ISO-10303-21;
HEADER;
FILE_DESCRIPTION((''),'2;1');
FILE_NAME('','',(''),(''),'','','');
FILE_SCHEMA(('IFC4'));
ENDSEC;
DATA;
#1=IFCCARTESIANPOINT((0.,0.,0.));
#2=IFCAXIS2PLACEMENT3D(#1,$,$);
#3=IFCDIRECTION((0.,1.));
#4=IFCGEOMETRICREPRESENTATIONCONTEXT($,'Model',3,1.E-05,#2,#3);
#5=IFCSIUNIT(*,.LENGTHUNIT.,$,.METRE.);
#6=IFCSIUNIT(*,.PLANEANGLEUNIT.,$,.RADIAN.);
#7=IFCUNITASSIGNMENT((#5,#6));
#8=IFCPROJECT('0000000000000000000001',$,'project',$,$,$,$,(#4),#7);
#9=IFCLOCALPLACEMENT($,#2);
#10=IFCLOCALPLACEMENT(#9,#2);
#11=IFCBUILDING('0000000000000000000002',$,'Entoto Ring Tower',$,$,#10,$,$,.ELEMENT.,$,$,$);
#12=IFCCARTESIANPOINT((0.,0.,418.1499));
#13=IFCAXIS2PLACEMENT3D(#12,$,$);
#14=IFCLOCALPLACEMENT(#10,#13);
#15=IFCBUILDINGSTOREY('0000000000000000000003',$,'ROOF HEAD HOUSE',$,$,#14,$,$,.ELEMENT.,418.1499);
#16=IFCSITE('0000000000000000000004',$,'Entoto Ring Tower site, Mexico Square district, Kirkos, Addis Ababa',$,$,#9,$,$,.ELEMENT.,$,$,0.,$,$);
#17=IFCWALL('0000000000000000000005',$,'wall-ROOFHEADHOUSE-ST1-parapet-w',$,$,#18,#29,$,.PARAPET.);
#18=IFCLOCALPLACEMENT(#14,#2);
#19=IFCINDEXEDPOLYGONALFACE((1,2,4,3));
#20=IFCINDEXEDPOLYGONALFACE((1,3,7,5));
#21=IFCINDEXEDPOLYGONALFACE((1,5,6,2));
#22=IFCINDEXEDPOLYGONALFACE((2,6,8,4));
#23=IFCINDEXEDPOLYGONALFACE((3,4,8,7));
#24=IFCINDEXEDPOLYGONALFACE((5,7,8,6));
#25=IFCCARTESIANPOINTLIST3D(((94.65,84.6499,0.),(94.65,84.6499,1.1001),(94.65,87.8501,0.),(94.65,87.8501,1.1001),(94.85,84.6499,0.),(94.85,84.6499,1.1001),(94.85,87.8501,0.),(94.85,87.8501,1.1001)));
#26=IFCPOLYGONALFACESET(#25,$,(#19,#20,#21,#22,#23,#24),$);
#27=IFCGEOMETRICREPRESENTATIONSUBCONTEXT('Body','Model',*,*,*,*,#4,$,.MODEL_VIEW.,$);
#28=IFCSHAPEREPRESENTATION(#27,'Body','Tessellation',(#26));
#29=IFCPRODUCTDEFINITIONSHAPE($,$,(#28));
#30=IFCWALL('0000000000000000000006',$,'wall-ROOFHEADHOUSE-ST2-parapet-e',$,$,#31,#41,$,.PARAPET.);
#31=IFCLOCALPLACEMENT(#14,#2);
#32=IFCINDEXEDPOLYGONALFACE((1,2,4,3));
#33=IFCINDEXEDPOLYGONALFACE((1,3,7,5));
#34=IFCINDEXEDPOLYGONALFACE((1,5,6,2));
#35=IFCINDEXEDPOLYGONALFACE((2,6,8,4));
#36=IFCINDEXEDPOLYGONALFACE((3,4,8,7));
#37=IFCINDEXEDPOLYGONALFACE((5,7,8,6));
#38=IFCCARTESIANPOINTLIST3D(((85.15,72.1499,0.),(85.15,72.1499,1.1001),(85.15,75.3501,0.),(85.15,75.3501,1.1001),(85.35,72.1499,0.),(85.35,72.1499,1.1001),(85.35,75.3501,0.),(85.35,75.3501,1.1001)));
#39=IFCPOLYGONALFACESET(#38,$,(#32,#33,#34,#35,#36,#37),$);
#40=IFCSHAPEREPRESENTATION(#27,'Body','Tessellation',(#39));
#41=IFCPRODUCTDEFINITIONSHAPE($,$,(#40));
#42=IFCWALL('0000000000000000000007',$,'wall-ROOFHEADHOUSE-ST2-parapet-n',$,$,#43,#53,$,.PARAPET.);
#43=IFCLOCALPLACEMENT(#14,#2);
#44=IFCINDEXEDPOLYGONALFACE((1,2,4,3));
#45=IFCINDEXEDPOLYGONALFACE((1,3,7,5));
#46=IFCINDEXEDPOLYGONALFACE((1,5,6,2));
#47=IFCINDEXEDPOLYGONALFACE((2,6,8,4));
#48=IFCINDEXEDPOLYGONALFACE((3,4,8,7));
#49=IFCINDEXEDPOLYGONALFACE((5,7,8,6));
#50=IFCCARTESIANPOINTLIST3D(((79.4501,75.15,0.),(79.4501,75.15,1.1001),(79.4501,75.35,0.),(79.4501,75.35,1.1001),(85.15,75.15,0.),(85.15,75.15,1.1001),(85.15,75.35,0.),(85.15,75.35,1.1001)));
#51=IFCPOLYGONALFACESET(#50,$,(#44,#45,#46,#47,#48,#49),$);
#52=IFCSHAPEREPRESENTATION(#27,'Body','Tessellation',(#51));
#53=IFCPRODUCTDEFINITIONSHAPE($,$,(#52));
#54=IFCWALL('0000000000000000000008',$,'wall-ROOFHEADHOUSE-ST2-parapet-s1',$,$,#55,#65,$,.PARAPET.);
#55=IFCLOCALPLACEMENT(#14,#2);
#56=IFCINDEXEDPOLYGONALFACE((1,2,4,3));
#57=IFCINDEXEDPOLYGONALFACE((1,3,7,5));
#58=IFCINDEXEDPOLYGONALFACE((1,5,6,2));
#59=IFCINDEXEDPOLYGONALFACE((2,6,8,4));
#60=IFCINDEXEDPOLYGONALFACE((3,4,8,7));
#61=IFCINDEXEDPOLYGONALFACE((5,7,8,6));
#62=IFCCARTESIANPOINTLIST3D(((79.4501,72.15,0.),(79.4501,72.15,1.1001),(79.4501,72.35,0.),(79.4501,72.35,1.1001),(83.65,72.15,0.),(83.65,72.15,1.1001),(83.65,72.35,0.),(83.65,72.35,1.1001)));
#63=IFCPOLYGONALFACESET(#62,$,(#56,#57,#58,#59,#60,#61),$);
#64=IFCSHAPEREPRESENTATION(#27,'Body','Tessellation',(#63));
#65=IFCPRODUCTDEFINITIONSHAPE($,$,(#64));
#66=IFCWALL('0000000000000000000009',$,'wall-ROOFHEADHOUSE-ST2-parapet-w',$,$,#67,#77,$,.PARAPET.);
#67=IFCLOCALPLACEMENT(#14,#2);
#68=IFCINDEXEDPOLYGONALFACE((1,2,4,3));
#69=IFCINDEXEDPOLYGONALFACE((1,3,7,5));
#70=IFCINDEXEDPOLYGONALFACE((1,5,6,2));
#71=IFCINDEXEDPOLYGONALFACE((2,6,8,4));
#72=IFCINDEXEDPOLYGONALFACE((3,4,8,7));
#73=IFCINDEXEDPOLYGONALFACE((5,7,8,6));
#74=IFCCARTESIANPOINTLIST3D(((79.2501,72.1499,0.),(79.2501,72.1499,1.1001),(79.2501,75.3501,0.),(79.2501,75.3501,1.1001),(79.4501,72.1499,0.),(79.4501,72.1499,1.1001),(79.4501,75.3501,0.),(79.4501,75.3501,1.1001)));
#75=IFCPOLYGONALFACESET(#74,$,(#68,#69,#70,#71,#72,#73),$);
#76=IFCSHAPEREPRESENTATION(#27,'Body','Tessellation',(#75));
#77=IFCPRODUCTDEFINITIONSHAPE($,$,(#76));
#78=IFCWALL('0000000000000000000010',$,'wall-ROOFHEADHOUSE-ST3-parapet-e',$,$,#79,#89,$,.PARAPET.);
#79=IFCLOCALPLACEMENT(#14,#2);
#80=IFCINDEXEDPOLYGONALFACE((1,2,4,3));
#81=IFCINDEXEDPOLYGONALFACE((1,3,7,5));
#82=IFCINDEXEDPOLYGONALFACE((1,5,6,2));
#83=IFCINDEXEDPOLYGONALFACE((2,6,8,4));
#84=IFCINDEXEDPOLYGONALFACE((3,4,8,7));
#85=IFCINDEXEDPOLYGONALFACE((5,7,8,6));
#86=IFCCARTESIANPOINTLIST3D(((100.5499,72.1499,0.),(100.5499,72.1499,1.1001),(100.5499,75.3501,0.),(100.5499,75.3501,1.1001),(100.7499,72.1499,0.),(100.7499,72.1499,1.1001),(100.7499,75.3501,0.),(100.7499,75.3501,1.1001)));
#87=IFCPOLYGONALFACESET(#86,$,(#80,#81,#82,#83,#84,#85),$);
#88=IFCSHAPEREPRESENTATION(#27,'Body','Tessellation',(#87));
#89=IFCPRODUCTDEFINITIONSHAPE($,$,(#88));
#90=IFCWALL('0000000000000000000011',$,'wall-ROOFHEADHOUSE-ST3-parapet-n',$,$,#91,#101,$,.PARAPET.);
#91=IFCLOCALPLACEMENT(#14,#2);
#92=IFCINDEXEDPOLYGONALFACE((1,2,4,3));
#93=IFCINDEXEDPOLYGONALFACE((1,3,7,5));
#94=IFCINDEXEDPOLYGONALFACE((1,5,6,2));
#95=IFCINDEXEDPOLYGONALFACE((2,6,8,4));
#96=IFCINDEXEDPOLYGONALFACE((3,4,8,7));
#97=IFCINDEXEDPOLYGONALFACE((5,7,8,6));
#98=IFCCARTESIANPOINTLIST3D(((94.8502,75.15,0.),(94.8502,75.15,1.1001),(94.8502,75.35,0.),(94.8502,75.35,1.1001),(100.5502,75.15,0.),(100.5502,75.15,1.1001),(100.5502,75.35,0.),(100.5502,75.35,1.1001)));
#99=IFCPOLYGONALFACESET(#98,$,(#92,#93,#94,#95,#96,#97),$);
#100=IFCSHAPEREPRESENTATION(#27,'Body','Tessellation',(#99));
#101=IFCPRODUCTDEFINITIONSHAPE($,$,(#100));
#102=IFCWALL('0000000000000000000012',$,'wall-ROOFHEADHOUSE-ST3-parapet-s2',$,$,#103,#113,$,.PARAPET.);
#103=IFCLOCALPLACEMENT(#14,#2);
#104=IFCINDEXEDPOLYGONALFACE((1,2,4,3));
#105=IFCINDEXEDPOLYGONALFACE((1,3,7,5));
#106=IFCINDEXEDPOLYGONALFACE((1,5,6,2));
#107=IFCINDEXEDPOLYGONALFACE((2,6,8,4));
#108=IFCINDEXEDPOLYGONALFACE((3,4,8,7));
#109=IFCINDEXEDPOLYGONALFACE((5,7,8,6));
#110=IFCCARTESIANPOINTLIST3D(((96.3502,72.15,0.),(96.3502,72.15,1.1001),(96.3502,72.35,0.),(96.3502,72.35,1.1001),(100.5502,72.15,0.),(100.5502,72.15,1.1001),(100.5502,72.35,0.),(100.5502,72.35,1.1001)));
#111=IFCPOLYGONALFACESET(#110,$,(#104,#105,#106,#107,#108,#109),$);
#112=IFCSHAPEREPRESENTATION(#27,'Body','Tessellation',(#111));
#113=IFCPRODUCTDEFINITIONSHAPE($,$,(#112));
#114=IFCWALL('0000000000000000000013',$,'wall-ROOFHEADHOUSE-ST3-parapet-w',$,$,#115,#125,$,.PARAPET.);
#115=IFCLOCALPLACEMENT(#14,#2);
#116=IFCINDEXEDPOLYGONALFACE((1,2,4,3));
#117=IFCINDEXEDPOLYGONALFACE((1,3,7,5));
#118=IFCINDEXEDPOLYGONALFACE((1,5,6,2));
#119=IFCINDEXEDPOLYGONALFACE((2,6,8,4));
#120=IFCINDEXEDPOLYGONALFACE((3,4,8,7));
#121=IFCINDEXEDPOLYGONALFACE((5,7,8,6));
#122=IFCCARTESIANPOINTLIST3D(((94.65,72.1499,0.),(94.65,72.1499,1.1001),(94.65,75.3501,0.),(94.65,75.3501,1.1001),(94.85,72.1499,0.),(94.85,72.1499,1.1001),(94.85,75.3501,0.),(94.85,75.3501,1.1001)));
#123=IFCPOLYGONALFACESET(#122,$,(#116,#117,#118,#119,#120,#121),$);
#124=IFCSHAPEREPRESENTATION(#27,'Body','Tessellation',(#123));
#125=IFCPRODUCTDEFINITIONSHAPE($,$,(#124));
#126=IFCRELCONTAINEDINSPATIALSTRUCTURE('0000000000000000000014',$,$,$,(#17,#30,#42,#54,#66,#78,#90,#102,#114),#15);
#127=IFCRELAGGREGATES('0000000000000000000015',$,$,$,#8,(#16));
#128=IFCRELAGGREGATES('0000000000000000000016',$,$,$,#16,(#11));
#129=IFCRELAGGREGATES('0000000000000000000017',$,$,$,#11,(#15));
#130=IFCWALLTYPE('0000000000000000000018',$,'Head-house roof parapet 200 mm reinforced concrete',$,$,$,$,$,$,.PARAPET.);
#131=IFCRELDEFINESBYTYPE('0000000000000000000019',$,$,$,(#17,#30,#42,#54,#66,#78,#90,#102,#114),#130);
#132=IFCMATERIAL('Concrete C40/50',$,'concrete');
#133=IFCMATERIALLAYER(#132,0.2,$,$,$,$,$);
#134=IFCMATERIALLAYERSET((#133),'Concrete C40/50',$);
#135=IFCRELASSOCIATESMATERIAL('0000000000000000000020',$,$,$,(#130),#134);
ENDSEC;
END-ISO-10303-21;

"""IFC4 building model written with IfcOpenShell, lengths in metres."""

from ifc_helpers import new_model, si_unit, direction, frame, frame_2d, origin, place, context, subcontext, project, spatial, rectangle, extrude, material, layer, layer_set, type_object, element, save


model = new_model("IFC4")

# Units and contexts
model_context = context("Model", 3, precision=1e-05, world=origin(), true_north=direction((0.0, 1.0)))
body_context = subcontext(model_context, "Body", "Model", "MODEL_VIEW")
ifc_project = project(units=[si_unit("LENGTHUNIT", "METRE"), si_unit("PLANEANGLEUNIT", "RADIAN")], contexts=[model_context])

# Site, building, storey
site_placement = place(None, origin())
site = spatial("IfcSite", under=ifc_project, at=site_placement, Name="Entoto Ring Tower site, Mexico Square district, Kirkos, Addis Ababa", CompositionType="ELEMENT", RefElevation=0.0)
building_placement = place(site_placement, origin())
building = spatial("IfcBuilding", under=site, at=building_placement, Name="Entoto Ring Tower", CompositionType="ELEMENT")
storey_placement = place(building_placement, frame((0.0, 0.0, 418.1499)))
storey = spatial("IfcBuildingStorey", under=building, at=storey_placement, Name="ROOF HEAD HOUSE", CompositionType="ELEMENT", Elevation=418.1499)

# Walls
ifc_material_1 = material(Name="Concrete C40/50", Category="concrete")
ifc_layer_1 = layer(ifc_material_1, 0.2)
ifc_layer_set_1 = layer_set([ifc_layer_1], Name="Concrete C40/50")
wall_type = type_object("IfcWallType", Name="Head-house roof parapet 200 mm reinforced concrete", PredefinedType="PARAPET", material=ifc_layer_set_1)
for number, where, z_axis, x_axis, name in (
    (1, (94.75, 84.6499, 0.0), (0.0, 0.0, 1.0), (0.0, 1.0, 0.0), "wall-ROOFHEADHOUSE-ST1-parapet-w"),
    (2, (85.25, 72.1499, 0.0), (0.0, 0.0, 1.0), (0.0, 1.0, 0.0), "wall-ROOFHEADHOUSE-ST2-parapet-e"),
):
    element("IfcWall", number, at=place(storey_placement, frame(where, z_axis=z_axis, x_axis=x_axis)), inside=storey, type_object=wall_type, Name=name, PredefinedType="PARAPET", context=body_context, shape_type="SweptSolid", body=[
        extrude(rectangle(XDim=3.2002, YDim=0.2, at=frame_2d((1.6001, 0.0))), origin(), (0.0, 0.0, 1.0), 1.1001),
    ])
wall_1_placement = place(storey_placement, frame((79.45, 75.25, 0.0), z_axis=(0.0, 0.0, 1.0), x_axis=(1.0, 0.0, 0.0)))
element("IfcWall", 3, at=wall_1_placement, inside=storey, type_object=wall_type, Name="wall-ROOFHEADHOUSE-ST2-parapet-n", PredefinedType="PARAPET", context=body_context, shape_type="SweptSolid", body=[
    extrude(rectangle(XDim=5.7, YDim=0.2, at=frame_2d((2.8501, 0.0))), origin(), (0.0, 0.0, 1.0), 1.1001),
])
wall_2_placement = place(storey_placement, frame((79.45, 72.25, 0.0), z_axis=(0.0, 0.0, 1.0), x_axis=(1.0, 0.0, 0.0)))
element("IfcWall", 4, at=wall_2_placement, inside=storey, type_object=wall_type, Name="wall-ROOFHEADHOUSE-ST2-parapet-s1", PredefinedType="PARAPET", context=body_context, shape_type="SweptSolid", body=[
    extrude(rectangle(XDim=4.2, YDim=0.2, at=frame_2d((2.1001, 0.0))), origin(), (0.0, 0.0, 1.0), 1.1001),
])
for number, where, z_axis, x_axis, name in (
    (5, (79.3501, 72.1499, 0.0), (0.0, 0.0, 1.0), (0.0, 1.0, 0.0), "wall-ROOFHEADHOUSE-ST2-parapet-w"),
    (6, (100.6499, 72.1499, 0.0), (0.0, 0.0, 1.0), (0.0, 1.0, 0.0), "wall-ROOFHEADHOUSE-ST3-parapet-e"),
):
    element("IfcWall", number, at=place(storey_placement, frame(where, z_axis=z_axis, x_axis=x_axis)), inside=storey, type_object=wall_type, Name=name, PredefinedType="PARAPET", context=body_context, shape_type="SweptSolid", body=[
        extrude(rectangle(XDim=3.2002, YDim=0.2, at=frame_2d((1.6001, 0.0))), origin(), (0.0, 0.0, 1.0), 1.1001),
    ])
wall_3_placement = place(storey_placement, frame((94.8501, 75.25, 0.0), z_axis=(0.0, 0.0, 1.0), x_axis=(1.0, 0.0, 0.0)))
element("IfcWall", 7, at=wall_3_placement, inside=storey, type_object=wall_type, Name="wall-ROOFHEADHOUSE-ST3-parapet-n", PredefinedType="PARAPET", context=body_context, shape_type="SweptSolid", body=[
    extrude(rectangle(XDim=5.7, YDim=0.2, at=frame_2d((2.8501, 0.0))), origin(), (0.0, 0.0, 1.0), 1.1001),
])
wall_4_placement = place(storey_placement, frame((96.3501, 72.25, 0.0), z_axis=(0.0, 0.0, 1.0), x_axis=(1.0, 0.0, 0.0)))
element("IfcWall", 8, at=wall_4_placement, inside=storey, type_object=wall_type, Name="wall-ROOFHEADHOUSE-ST3-parapet-s2", PredefinedType="PARAPET", context=body_context, shape_type="SweptSolid", body=[
    extrude(rectangle(XDim=4.2, YDim=0.2, at=frame_2d((2.1001, 0.0))), origin(), (0.0, 0.0, 1.0), 1.1001),
])
wall_5_placement = place(storey_placement, frame((94.75, 72.1499, 0.0), z_axis=(0.0, 0.0, 1.0), x_axis=(0.0, 1.0, 0.0)))
element("IfcWall", 9, at=wall_5_placement, inside=storey, type_object=wall_type, Name="wall-ROOFHEADHOUSE-ST3-parapet-w", PredefinedType="PARAPET", context=body_context, shape_type="SweptSolid", body=[
    extrude(rectangle(XDim=3.2002, YDim=0.2, at=frame_2d((1.6001, 0.0))), origin(), (0.0, 0.0, 1.0), 1.1001),
])

save(model, "model.ifc")
